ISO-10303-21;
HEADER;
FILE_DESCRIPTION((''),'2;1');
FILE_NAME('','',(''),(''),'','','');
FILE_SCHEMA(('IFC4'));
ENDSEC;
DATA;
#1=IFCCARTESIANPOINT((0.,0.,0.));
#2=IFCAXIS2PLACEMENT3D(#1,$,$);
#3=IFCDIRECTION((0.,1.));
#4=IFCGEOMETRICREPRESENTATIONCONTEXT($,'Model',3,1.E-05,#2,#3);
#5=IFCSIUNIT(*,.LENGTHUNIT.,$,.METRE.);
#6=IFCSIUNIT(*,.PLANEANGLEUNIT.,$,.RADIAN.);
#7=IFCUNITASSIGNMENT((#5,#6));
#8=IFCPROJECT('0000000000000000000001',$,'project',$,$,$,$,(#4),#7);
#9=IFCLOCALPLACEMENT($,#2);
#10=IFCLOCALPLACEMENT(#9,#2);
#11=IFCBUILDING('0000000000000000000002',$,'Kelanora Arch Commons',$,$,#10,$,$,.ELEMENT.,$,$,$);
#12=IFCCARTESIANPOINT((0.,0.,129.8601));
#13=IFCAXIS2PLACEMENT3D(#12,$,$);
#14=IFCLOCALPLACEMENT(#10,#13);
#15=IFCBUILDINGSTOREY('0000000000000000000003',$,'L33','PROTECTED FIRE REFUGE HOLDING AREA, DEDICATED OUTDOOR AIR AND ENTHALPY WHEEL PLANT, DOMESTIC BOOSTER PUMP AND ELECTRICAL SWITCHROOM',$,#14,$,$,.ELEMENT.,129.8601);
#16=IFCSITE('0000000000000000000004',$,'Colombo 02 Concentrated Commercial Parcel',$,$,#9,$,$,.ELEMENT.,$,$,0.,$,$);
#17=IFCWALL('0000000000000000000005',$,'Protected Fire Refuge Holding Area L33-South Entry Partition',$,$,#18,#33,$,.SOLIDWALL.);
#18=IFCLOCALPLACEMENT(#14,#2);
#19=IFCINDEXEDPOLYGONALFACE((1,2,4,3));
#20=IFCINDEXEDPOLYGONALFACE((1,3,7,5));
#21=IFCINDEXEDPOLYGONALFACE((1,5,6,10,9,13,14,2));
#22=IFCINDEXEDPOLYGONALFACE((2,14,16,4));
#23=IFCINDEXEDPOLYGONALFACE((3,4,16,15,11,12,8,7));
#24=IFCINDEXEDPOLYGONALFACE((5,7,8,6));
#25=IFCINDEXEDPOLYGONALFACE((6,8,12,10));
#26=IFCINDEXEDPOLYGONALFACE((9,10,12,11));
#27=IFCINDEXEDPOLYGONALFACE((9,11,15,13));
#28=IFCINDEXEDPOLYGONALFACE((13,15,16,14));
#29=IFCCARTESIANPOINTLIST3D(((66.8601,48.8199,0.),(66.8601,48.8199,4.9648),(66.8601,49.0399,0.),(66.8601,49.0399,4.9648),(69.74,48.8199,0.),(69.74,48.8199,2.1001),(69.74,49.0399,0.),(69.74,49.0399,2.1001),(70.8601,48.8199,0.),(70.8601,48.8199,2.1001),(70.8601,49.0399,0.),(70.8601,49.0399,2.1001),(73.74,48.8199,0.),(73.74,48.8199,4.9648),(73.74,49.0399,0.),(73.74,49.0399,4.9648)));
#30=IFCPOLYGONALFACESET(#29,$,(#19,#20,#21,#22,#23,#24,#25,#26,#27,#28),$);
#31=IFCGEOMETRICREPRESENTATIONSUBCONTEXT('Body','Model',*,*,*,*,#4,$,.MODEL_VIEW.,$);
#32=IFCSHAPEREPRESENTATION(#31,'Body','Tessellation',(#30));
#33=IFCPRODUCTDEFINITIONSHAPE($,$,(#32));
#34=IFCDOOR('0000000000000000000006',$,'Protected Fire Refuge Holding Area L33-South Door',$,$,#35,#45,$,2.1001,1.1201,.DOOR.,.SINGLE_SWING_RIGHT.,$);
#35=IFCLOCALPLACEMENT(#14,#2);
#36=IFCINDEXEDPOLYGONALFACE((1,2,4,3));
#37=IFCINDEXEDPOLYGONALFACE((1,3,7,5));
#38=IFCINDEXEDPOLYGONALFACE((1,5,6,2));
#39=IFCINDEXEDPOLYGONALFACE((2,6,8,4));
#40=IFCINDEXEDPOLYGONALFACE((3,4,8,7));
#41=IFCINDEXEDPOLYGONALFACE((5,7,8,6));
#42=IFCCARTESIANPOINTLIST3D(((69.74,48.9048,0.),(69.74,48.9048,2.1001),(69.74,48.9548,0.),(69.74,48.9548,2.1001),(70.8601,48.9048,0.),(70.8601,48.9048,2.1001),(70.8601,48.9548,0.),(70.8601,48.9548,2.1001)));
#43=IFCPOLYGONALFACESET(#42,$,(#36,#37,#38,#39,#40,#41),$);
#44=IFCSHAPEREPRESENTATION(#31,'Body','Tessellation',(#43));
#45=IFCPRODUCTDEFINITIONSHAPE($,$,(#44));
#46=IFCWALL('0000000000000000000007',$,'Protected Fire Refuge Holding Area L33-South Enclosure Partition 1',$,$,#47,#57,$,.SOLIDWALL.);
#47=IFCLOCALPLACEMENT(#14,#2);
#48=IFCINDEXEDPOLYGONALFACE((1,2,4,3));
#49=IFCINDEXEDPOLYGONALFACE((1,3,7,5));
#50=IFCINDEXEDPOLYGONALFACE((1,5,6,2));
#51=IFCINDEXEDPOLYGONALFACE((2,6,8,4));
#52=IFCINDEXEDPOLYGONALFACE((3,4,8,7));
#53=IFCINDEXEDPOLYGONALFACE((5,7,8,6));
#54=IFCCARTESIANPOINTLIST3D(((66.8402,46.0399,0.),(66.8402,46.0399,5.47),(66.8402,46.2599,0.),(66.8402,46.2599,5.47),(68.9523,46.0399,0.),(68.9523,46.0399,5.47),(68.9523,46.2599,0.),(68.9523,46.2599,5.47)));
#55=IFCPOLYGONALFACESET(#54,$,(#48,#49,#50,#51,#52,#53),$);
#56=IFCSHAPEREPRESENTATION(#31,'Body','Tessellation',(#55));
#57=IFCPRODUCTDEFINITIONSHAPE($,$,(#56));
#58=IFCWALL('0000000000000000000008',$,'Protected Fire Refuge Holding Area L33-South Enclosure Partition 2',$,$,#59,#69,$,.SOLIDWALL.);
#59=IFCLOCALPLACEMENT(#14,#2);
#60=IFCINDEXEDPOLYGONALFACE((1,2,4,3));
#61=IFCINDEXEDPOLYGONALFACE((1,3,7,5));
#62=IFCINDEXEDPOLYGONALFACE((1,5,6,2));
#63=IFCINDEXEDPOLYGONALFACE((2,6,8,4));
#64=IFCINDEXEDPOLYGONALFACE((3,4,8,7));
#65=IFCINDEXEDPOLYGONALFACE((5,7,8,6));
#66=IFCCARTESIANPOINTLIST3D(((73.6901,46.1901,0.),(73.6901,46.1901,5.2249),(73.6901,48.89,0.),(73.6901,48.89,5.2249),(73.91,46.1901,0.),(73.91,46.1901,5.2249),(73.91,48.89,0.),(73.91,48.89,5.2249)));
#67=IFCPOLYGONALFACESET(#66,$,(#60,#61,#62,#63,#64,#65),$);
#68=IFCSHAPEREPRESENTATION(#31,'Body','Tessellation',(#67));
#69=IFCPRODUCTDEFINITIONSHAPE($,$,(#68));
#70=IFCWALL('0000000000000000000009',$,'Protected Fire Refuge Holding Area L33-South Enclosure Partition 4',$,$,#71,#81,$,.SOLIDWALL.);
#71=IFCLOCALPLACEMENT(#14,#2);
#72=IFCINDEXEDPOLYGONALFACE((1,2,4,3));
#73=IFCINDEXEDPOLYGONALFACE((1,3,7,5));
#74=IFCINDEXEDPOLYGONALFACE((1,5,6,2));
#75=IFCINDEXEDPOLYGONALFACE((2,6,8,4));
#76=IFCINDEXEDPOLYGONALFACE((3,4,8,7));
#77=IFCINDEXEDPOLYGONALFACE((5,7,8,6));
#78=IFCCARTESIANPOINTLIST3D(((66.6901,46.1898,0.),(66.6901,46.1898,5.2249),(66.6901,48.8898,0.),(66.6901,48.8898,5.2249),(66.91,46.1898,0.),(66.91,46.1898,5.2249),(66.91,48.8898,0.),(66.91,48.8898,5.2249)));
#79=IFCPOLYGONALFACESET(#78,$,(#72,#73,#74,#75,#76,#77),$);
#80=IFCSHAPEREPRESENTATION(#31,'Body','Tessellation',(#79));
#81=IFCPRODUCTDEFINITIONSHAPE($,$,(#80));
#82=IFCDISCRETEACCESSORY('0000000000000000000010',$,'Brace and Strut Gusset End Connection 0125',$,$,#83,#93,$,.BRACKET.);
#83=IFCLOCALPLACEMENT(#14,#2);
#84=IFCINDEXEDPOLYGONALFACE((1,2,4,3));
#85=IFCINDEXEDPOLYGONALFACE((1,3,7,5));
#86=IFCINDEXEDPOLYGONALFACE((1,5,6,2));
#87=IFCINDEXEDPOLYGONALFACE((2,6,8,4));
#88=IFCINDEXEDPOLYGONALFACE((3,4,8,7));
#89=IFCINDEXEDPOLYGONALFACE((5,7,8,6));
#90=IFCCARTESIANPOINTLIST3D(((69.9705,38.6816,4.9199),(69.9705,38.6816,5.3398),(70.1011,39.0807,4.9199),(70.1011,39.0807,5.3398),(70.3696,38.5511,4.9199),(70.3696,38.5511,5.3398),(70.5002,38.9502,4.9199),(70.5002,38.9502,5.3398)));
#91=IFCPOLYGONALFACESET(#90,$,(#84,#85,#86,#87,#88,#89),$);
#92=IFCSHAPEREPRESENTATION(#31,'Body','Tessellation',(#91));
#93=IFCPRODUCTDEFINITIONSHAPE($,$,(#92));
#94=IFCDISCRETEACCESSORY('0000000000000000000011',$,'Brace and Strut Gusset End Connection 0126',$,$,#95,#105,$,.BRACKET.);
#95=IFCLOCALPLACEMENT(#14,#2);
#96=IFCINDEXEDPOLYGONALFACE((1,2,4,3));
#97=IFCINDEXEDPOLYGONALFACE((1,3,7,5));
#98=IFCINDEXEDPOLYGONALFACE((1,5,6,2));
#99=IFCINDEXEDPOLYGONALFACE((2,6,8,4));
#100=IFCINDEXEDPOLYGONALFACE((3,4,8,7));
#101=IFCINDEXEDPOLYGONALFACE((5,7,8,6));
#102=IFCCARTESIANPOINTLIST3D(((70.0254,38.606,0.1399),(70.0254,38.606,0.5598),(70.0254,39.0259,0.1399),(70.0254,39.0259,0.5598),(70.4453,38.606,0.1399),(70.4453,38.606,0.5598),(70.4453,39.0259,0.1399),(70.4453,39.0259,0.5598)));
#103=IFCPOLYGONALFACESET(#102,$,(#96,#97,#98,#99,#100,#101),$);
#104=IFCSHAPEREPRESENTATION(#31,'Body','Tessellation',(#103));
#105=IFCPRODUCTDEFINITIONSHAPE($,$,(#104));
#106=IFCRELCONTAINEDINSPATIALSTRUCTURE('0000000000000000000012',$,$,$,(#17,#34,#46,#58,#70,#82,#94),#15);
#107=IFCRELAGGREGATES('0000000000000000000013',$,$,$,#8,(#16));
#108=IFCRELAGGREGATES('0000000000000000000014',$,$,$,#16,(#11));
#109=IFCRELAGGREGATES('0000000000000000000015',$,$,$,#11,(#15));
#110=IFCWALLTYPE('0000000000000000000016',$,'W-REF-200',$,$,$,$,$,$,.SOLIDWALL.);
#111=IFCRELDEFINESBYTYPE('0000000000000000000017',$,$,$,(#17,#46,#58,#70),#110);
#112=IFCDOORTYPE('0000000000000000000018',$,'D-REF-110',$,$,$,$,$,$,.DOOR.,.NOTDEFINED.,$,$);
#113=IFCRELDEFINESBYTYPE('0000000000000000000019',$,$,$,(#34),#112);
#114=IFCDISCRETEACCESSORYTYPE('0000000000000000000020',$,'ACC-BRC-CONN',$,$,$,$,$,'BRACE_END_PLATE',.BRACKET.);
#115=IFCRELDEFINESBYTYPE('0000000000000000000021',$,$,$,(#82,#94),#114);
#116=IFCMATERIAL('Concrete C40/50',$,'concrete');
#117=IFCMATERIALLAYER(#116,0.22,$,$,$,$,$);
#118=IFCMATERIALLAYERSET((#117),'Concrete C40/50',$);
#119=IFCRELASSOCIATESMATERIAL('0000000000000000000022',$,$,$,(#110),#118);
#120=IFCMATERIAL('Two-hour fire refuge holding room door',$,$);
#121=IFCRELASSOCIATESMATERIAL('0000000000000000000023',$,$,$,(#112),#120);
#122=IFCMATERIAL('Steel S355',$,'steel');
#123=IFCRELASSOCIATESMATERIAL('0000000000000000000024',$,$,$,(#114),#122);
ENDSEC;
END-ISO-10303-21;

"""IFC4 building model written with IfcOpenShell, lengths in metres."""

from ifc_helpers import new_model, si_unit, direction, frame, frame_2d, origin, origin_2d, place, context, subcontext, project, spatial, rectangle, extrude, source, transform, mapped, material, layer, layer_set, type_object, element, fill, save


model = new_model("IFC4")

# Units and contexts
model_context = context("Model", 3, precision=1e-05, world=origin(), true_north=direction((0.0, 1.0)))
body_context = subcontext(model_context, "Body", "Model", "MODEL_VIEW")
ifc_project = project(units=[si_unit("LENGTHUNIT", "METRE"), si_unit("PLANEANGLEUNIT", "RADIAN")], contexts=[model_context])

# Site, building, storey
site_placement = place(None, origin())
site = spatial("IfcSite", under=ifc_project, at=site_placement, Name="Colombo 02 Concentrated Commercial Parcel", CompositionType="ELEMENT", RefElevation=0.0)
building_placement = place(site_placement, origin())
building = spatial("IfcBuilding", under=site, at=building_placement, Name="Kelanora Arch Commons", CompositionType="ELEMENT")
storey_placement = place(building_placement, frame((0.0, 0.0, 129.8601)))
storey = spatial("IfcBuildingStorey", under=building, at=storey_placement, Name="L33", Description="PROTECTED FIRE REFUGE HOLDING AREA, DEDICATED OUTDOOR AIR AND ENTHALPY WHEEL PLANT, DOMESTIC BOOSTER PUMP AND ELECTRICAL SWITCHROOM", CompositionType="ELEMENT", Elevation=129.8601)

# Shared definitions
ifc_material_1 = material(Name="Steel S355", Category="steel")

# Wall, opening, door
ifc_material_2 = material(Name="Concrete C40/50", Category="concrete")
ifc_layer_1 = layer(ifc_material_2, 0.22)
ifc_layer_set_1 = layer_set([ifc_layer_1], Name="Concrete C40/50")
wall_type_1 = type_object("IfcWallType", Name="W-REF-200", PredefinedType="SOLIDWALL", material=ifc_layer_set_1)
wall_1_placement = place(storey_placement, frame((66.8601, 48.9299, 0.0), z_axis=(0.0, 0.0, 1.0), x_axis=(1.0, 0.0, 0.0)))
wall_1 = element("IfcWall", 1, at=wall_1_placement, inside=storey, type_object=wall_type_1, Name="Protected Fire Refuge Holding Area L33-South Entry Partition", PredefinedType="SOLIDWALL", context=body_context, shape_type="SweptSolid", body=[
    extrude(rectangle(XDim=6.8799, YDim=0.22, at=frame_2d((3.4399, 0.0))), origin(), (0.0, 0.0, 1.0), 4.9648),
])
opening_1_placement = place(wall_1_placement, frame((2.8799, 0.0, 0.0)))
opening_1 = element("IfcOpeningElement", 2, at=opening_1_placement, cuts=wall_1, PredefinedType="OPENING", context=body_context, shape_type="SweptSolid", body=[
    extrude(rectangle(XDim=1.1201, YDim=2.1001, at=frame_2d((0.5601, 1.05))), frame((0.0, 0.1201, 0.0), z_axis=(0.0, -1.0, 0.0), x_axis=(1.0, 0.0, 0.0)), (0.0, 0.0, 1.0), 0.24),
])
ifc_material_3 = material(Name="Two-hour fire refuge holding room door")
door_type_1 = type_object("IfcDoorType", Name="D-REF-110", OperationType="NOTDEFINED", PredefinedType="DOOR", material=ifc_material_3)
door_1_placement = place(opening_1_placement, origin())
door_1 = element("IfcDoor", 3, at=door_1_placement, inside=storey, type_object=door_type_1, Name="Protected Fire Refuge Holding Area L33-South Door", OperationType="SINGLE_SWING_RIGHT", OverallHeight=2.1001, OverallWidth=1.1201, PredefinedType="DOOR", context=body_context, shape_type="SweptSolid", body=[
    extrude(rectangle(XDim=1.1201, YDim=2.1001, at=frame_2d((0.5601, 1.05))), frame((0.0, 0.0249, 0.0), z_axis=(0.0, -1.0, 0.0), x_axis=(1.0, 0.0, 0.0)), (0.0, 0.0, 1.0), 0.05),
])
fill(opening_1, door_1)

# Walls
wall_2_placement = place(storey_placement, frame((66.8401, 46.1499, 0.0), z_axis=(0.0, 0.0, 1.0), x_axis=(1.0, 0.0, 0.0)))
element("IfcWall", 4, at=wall_2_placement, inside=storey, type_object=wall_type_1, Name="Protected Fire Refuge Holding Area L33-South Enclosure Partition 1", PredefinedType="SOLIDWALL", context=body_context, shape_type="SweptSolid", body=[
    extrude(rectangle(XDim=2.1121, YDim=0.22, at=frame_2d((1.0562, 0.0))), origin(), (0.0, 0.0, 1.0), 5.47),
])
for number, where, z_axis, x_axis, name in (
    (5, (73.8, 46.1899, 0.0), (0.0, 0.0, 1.0), (0.0, 1.0, 0.0), "Protected Fire Refuge Holding Area L33-South Enclosure Partition 2"),
    (6, (66.8, 48.8899, 0.0), (0.0, 0.0, 1.0), (0.0, -1.0, 0.0), "Protected Fire Refuge Holding Area L33-South Enclosure Partition 4"),
):
    element("IfcWall", number, at=place(storey_placement, frame(where, z_axis=z_axis, x_axis=x_axis)), inside=storey, type_object=wall_type_1, Name=name, PredefinedType="SOLIDWALL", context=body_context, shape_type="SweptSolid", body=[
        extrude(rectangle(XDim=2.7, YDim=0.22, at=frame_2d((1.3501, 0.0))), origin(), (0.0, 0.0, 1.0), 5.2249),
    ])

# Discrete accessories
discrete_accessory_type = type_object("IfcDiscreteAccessoryType", Name="ACC-BRC-CONN", ElementType="BRACE_END_PLATE", PredefinedType="BRACKET", material=ifc_material_1)
shared_shape = source(origin(), body_context, "Body", "SweptSolid", [
    extrude(rectangle(XDim=0.4199, YDim=0.4199, at=origin_2d()), origin(), (0.0, 0.0, 1.0), 0.4199),
])
for number, where, z_axis, x_axis, name in (
    (7, (70.2354, 38.8159, 4.9199), (0.0, 0.0, 1.0), (0.950461, -0.310842, 0.0), "Brace and Strut Gusset End Connection 0125"),
    (8, (70.2354, 38.8159, 0.1399), (0.0, 0.0, 1.0), (1.0, 0.0, 0.0), "Brace and Strut Gusset End Connection 0126"),
):
    element("IfcDiscreteAccessory", number, at=place(storey_placement, frame(where, z_axis=z_axis, x_axis=x_axis)), inside=storey, type_object=discrete_accessory_type, Name=name, PredefinedType="BRACKET", context=body_context, shape_type="MappedRepresentation", body=[
        mapped(shared_shape, transform((0.0, 0.0, 0.0), scale=1.0)),
    ])

save(model, "model.ifc")
